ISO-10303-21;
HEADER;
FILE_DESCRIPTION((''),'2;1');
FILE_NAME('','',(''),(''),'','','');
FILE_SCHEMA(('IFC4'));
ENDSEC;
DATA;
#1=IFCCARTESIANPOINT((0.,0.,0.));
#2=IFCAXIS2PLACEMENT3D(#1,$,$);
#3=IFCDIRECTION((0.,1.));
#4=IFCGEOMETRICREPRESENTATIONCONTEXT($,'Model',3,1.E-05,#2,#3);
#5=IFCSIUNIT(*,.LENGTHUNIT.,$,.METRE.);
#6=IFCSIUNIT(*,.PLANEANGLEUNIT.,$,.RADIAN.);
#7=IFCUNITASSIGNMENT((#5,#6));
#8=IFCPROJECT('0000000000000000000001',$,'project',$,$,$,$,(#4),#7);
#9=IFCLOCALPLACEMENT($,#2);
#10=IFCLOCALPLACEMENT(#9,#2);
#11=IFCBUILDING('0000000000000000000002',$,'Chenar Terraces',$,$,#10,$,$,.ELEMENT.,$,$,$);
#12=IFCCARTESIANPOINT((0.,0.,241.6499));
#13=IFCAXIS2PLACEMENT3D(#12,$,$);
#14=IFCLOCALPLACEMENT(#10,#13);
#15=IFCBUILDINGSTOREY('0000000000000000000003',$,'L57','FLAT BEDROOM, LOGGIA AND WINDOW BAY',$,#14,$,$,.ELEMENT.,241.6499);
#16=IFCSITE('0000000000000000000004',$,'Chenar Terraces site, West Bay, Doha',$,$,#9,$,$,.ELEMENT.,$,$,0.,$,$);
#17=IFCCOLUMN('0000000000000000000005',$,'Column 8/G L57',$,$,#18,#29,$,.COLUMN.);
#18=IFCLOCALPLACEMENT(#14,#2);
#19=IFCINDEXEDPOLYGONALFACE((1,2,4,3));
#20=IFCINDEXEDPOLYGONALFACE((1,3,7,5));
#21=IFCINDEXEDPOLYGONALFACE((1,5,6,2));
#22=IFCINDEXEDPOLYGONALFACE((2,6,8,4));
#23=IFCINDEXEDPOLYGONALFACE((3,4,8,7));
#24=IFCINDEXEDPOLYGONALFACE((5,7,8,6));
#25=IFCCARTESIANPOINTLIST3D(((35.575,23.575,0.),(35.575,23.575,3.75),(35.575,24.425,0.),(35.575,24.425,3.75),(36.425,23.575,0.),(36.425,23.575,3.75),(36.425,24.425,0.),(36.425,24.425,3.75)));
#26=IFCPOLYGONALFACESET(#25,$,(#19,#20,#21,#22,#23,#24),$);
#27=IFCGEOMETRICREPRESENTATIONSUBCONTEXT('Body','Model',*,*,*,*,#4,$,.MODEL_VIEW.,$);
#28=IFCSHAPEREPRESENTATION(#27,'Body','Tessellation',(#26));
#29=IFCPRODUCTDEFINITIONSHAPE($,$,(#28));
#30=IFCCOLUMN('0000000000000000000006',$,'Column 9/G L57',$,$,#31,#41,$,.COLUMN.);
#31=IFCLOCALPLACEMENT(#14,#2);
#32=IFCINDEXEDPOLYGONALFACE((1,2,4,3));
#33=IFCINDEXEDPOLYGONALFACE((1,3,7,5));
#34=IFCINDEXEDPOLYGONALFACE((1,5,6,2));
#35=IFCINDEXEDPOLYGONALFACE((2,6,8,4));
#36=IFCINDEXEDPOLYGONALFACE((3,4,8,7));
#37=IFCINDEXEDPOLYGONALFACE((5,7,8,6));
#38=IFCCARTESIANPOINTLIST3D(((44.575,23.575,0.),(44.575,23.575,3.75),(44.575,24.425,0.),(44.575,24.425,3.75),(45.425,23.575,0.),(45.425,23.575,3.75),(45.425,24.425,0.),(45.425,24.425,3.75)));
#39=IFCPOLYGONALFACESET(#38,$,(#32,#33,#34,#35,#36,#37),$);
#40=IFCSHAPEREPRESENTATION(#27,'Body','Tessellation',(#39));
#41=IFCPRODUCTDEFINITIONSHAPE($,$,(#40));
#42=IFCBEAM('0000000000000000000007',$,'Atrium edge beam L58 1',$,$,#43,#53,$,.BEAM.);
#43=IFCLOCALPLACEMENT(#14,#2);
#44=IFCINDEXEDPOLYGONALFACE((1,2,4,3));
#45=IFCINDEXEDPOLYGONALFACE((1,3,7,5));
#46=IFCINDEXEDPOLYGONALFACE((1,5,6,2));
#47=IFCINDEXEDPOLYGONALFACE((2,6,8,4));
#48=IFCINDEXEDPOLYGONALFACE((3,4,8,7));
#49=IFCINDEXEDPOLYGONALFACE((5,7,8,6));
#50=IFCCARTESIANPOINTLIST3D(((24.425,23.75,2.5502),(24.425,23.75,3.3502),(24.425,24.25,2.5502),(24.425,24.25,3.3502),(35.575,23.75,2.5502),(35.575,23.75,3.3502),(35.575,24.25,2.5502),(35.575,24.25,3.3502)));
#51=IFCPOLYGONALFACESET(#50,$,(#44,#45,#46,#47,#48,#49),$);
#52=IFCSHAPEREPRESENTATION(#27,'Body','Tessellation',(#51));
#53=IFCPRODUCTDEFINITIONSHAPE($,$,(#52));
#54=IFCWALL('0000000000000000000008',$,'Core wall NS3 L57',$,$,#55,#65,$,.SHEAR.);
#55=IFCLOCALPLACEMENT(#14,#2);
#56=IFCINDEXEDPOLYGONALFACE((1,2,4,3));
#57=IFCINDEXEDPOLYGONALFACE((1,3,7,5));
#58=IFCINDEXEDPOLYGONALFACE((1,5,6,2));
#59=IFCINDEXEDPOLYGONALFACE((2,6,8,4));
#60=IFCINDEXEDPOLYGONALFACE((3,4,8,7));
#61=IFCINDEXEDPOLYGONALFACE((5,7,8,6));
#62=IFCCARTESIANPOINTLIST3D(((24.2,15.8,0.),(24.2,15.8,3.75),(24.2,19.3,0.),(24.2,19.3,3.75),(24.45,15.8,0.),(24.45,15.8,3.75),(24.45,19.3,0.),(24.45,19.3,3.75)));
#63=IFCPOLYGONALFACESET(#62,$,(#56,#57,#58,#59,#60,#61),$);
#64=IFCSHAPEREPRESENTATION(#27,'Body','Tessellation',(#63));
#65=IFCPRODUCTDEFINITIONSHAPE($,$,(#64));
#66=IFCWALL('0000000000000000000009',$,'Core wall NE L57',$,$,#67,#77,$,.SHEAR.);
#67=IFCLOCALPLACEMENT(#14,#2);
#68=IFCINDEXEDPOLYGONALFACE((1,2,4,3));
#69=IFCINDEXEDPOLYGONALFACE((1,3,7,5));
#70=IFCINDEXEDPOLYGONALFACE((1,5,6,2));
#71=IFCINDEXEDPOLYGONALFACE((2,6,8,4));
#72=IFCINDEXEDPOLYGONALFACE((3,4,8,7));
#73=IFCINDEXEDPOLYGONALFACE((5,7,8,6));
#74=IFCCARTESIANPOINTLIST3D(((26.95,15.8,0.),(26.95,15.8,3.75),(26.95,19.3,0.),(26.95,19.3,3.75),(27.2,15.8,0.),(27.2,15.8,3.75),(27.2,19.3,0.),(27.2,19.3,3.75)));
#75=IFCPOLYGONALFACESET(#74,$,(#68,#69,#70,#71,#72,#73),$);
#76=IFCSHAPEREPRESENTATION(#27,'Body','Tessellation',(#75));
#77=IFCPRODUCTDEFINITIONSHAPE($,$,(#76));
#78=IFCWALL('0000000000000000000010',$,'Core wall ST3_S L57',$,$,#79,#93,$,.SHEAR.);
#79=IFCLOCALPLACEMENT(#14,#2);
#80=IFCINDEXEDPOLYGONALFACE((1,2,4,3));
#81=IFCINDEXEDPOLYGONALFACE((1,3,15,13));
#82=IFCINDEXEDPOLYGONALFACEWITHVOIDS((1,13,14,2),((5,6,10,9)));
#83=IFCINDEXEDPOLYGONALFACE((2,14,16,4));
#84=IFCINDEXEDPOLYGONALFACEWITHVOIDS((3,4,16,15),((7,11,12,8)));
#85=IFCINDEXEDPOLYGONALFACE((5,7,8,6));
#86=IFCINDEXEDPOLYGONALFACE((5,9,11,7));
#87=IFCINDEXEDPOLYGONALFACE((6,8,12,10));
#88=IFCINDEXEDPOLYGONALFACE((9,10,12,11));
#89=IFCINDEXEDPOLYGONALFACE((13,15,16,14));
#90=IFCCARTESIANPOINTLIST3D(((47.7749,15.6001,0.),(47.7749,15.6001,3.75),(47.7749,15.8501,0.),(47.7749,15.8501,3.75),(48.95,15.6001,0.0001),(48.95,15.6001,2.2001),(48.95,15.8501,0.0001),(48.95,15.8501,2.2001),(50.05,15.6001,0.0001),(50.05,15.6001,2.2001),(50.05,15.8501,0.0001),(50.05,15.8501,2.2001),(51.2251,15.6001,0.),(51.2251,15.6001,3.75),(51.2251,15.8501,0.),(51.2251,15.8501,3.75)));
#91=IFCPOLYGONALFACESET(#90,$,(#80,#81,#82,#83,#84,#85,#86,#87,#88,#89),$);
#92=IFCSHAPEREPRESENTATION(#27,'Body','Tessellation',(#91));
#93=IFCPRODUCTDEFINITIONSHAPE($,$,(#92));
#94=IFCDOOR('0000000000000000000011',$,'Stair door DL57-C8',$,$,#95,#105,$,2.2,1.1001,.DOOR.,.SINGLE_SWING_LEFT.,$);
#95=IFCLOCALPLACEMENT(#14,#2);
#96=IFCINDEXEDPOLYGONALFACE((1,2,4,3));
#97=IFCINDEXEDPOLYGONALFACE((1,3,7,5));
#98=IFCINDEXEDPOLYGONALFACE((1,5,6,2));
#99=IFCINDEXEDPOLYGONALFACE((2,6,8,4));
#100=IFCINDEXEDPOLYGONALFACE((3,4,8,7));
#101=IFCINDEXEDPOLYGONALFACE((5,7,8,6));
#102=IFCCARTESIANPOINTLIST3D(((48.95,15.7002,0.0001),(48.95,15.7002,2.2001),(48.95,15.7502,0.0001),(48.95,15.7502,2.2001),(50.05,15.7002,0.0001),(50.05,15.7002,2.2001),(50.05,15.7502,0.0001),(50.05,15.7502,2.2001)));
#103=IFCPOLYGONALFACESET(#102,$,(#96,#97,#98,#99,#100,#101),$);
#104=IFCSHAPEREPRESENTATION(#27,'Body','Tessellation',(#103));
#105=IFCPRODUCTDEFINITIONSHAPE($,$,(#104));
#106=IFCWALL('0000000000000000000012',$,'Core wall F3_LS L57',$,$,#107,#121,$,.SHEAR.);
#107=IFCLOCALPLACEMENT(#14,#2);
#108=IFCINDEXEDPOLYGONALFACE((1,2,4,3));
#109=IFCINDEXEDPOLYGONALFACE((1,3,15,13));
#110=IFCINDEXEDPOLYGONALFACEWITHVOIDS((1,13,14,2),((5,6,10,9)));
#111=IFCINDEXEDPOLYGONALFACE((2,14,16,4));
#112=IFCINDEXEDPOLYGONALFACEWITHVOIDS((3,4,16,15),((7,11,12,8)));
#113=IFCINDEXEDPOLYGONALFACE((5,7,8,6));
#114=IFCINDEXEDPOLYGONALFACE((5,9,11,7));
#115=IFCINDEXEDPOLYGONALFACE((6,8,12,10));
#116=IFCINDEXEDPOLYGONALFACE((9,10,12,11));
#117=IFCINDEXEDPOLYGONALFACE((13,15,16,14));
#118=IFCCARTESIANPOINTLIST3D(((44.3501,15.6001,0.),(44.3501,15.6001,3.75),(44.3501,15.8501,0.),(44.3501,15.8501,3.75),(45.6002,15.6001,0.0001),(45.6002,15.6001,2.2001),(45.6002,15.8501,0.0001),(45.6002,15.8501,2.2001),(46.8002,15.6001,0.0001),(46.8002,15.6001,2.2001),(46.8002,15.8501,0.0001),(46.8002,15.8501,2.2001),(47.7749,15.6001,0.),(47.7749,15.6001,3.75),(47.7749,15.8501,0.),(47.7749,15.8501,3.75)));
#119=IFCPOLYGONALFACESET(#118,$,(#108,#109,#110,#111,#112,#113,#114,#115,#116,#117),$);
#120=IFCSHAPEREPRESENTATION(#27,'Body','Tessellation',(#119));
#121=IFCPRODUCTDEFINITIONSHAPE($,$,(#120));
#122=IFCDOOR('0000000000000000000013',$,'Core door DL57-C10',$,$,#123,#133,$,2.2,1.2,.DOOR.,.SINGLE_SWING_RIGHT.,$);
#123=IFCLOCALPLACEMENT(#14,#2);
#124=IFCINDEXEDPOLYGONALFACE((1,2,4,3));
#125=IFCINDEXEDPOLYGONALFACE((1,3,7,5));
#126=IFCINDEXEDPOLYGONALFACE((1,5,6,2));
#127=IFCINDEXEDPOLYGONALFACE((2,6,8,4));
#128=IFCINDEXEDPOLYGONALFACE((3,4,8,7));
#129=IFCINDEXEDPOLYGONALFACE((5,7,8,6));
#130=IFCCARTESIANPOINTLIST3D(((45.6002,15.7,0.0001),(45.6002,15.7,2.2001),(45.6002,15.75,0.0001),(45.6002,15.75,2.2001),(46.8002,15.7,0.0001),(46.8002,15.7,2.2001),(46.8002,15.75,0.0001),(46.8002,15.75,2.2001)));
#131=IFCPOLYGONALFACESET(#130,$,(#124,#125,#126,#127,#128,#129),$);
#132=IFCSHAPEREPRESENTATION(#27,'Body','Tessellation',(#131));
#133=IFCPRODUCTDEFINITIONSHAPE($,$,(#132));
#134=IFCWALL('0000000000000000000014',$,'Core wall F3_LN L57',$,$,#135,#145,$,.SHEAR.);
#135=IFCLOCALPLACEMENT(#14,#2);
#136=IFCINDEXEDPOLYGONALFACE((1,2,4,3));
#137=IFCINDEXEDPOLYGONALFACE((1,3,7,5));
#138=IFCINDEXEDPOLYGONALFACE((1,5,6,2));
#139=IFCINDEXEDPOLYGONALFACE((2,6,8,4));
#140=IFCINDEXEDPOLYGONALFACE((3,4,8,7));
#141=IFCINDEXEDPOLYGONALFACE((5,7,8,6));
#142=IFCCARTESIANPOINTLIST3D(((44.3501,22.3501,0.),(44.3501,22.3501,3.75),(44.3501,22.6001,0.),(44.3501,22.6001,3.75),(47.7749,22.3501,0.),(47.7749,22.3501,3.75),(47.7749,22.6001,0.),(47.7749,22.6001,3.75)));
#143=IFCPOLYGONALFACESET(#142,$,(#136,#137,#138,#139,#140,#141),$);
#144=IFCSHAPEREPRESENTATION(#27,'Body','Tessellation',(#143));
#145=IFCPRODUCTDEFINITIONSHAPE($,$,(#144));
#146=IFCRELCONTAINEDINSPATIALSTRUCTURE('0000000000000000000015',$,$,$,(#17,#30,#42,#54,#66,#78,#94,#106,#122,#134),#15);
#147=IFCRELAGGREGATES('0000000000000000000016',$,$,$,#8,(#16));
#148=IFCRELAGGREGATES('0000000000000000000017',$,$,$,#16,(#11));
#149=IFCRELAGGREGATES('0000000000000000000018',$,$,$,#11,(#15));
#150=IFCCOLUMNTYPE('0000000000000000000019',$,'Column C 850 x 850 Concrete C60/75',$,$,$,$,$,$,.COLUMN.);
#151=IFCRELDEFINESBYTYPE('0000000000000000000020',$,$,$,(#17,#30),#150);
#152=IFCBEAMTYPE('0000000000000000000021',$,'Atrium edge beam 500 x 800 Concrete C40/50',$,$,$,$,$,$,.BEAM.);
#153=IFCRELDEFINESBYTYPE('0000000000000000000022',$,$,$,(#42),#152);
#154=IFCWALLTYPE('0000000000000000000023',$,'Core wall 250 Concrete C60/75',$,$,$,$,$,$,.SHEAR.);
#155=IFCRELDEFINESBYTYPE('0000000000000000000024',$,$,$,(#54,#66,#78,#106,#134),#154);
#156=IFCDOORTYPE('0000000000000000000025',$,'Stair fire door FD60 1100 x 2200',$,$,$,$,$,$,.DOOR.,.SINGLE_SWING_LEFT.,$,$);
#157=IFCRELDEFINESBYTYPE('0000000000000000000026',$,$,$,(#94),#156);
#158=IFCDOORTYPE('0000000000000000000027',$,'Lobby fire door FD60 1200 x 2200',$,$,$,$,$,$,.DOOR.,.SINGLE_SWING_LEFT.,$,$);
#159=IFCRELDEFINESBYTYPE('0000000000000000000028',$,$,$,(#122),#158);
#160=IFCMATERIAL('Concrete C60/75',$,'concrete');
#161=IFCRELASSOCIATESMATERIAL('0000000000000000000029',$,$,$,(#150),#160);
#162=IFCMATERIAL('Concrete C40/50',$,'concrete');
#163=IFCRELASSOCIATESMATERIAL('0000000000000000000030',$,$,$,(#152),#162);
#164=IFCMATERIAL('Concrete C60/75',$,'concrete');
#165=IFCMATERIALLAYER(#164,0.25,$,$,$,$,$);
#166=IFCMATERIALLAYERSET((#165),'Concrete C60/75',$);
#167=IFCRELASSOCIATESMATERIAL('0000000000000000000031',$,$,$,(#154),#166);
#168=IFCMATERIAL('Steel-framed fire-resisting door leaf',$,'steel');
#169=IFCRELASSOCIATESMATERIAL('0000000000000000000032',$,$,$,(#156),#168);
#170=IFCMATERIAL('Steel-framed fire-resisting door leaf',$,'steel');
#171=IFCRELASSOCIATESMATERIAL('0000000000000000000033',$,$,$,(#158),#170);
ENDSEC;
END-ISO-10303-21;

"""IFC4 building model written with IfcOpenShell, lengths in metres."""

from ifc_helpers import new_model, si_unit, direction, frame, frame_2d, origin, origin_2d, place, context, subcontext, project, spatial, rectangle, extrude, material, layer, layer_set, material_profile, profile_set, type_object, element, fill, save


model = new_model("IFC4")

# Units and contexts
model_context = context("Model", 3, precision=1e-05, world=origin(), true_north=direction((0.0, 1.0)))
body_context = subcontext(model_context, "Body", "Model", "MODEL_VIEW")
ifc_project = project(units=[si_unit("LENGTHUNIT", "METRE"), si_unit("PLANEANGLEUNIT", "RADIAN")], contexts=[model_context])

# Site, building, storey
site_placement = place(None, origin())
site = spatial("IfcSite", under=ifc_project, at=site_placement, Name="Chenar Terraces site, West Bay, Doha", CompositionType="ELEMENT", RefElevation=0.0)
building_placement = place(site_placement, origin())
building = spatial("IfcBuilding", under=site, at=building_placement, Name="Chenar Terraces", CompositionType="ELEMENT")
storey_placement = place(building_placement, frame((0.0, 0.0, 241.6499)))
storey = spatial("IfcBuildingStorey", under=building, at=storey_placement, Name="L57", Description="FLAT BEDROOM, LOGGIA AND WINDOW BAY", CompositionType="ELEMENT", Elevation=241.6499)

# Columns
ifc_material_1 = material(Name="Concrete C60/75", Category="concrete")
ifc_material_profile_1 = material_profile(ifc_material_1, rectangle(XDim=0.8501, YDim=0.8501, at=origin_2d()), Name="C 850 x 850")
ifc_profile_set_1 = profile_set([ifc_material_profile_1], Name="Concrete C60/75")
column_type = type_object("IfcColumnType", Name="Column C 850 x 850 Concrete C60/75", PredefinedType="COLUMN", material=ifc_profile_set_1)
for number, where, z_axis, x_axis, name in (
    (1, (36.0, 24.0, 0.0), (0.0, 0.0, 1.0), (1.0, 0.0, 0.0), "Column 8/G L57"),
    (2, (45.0, 24.0, 0.0), (0.0, 0.0, 1.0), (1.0, 0.0, 0.0), "Column 9/G L57"),
):
    element("IfcColumn", number, at=place(storey_placement, frame(where, z_axis=z_axis, x_axis=x_axis)), inside=storey, type_object=column_type, Name=name, PredefinedType="COLUMN", context=body_context, shape_type="SweptSolid", body=[
        extrude(rectangle(XDim=0.8501, YDim=0.8501, at=origin_2d()), origin(), (0.0, 0.0, 1.0), 3.75),
    ])

# Beam
ifc_material_2 = material(Name="Concrete C40/50", Category="concrete")
ifc_material_profile_2 = material_profile(ifc_material_2, rectangle(XDim=0.5, YDim=0.8, at=origin_2d()), Name="RC 500 x 800")
ifc_profile_set_2 = profile_set([ifc_material_profile_2], Name="Concrete C40/50")
beam_type = type_object("IfcBeamType", Name="Atrium edge beam 500 x 800 Concrete C40/50", PredefinedType="BEAM", material=ifc_profile_set_2)
beam_placement = place(storey_placement, frame((24.425, 24.0, 2.9502), z_axis=(1.0, 0.0, 0.0), x_axis=(0.0, 1.0, 0.0)))
element("IfcBeam", 3, at=beam_placement, inside=storey, type_object=beam_type, Name="Atrium edge beam L58 1", PredefinedType="BEAM", context=body_context, shape_type="SweptSolid", body=[
    extrude(rectangle(XDim=0.5, YDim=0.8, at=origin_2d()), origin(), (0.0, 0.0, 1.0), 11.1499),
])

# Walls
ifc_material_3 = material(Name="Concrete C60/75", Category="concrete")
ifc_layer_1 = layer(ifc_material_3, 0.25)
ifc_layer_set_1 = layer_set([ifc_layer_1], Name="Concrete C60/75")
wall_type_1 = type_object("IfcWallType", Name="Core wall 250 Concrete C60/75", PredefinedType="SHEAR", material=ifc_layer_set_1)
for number, where, z_axis, x_axis, name in (
    (4, (24.325, 15.8, 0.0), (0.0, 0.0, 1.0), (0.0, 1.0, 0.0), "Core wall NS3 L57"),
    (5, (27.075, 15.8, 0.0), (0.0, 0.0, 1.0), (0.0, 1.0, 0.0), "Core wall NE L57"),
):
    element("IfcWall", number, at=place(storey_placement, frame(where, z_axis=z_axis, x_axis=x_axis)), inside=storey, type_object=wall_type_1, Name=name, PredefinedType="SHEAR", context=body_context, shape_type="SweptSolid", body=[
        extrude(rectangle(XDim=3.5, YDim=0.25, at=frame_2d((1.75, 0.0))), origin(), (0.0, 0.0, 1.0), 3.75),
    ])

# Walls, openings, doors
wall_1_placement = place(storey_placement, frame((47.7749, 15.7251, 0.0), z_axis=(0.0, 0.0, 1.0), x_axis=(1.0, 0.0, 0.0)))
wall_1 = element("IfcWall", 6, at=wall_1_placement, inside=storey, type_object=wall_type_1, Name="Core wall ST3_S L57", PredefinedType="SHEAR", context=body_context, shape_type="SweptSolid", body=[
    extrude(rectangle(XDim=3.4502, YDim=0.25, at=frame_2d((1.7251, 0.0))), origin(), (0.0, 0.0, 1.0), 3.75),
])
opening_1_placement = place(wall_1_placement, frame((1.175, 0.0, 0.0)))
opening_1 = element("IfcOpeningElement", 7, at=opening_1_placement, cuts=wall_1, PredefinedType="OPENING", context=body_context, shape_type="SweptSolid", body=[
    extrude(rectangle(XDim=1.1001, YDim=2.2, at=frame_2d((0.55, 1.1001))), frame((0.0, 0.135, 0.0), z_axis=(0.0, -1.0, 0.0), x_axis=(1.0, 0.0, 0.0)), (0.0, 0.0, 1.0), 0.27),
])
ifc_material_4 = material(Name="Steel-framed fire-resisting door leaf", Category="steel")
door_type_1 = type_object("IfcDoorType", Name="Stair fire door FD60 1100 x 2200", OperationType="SINGLE_SWING_LEFT", PredefinedType="DOOR", material=ifc_material_4)
door_1_placement = place(opening_1_placement, frame((1.1001, 0.0, 0.0), z_axis=(0.0, 0.0, 1.0), x_axis=(-1.0, 0.0, 0.0)))
door_1 = element("IfcDoor", 8, at=door_1_placement, inside=storey, type_object=door_type_1, Name="Stair door DL57-C8", OperationType="SINGLE_SWING_LEFT", OverallHeight=2.2, OverallWidth=1.1001, PredefinedType="DOOR", context=body_context, shape_type="SweptSolid", body=[
    extrude(rectangle(XDim=1.1001, YDim=2.2, at=frame_2d((0.55, 1.1001))), frame((0.0, 0.0249, 0.0), z_axis=(0.0, -1.0, 0.0), x_axis=(1.0, 0.0, 0.0)), (0.0, 0.0, 1.0), 0.05),
])
fill(opening_1, door_1)
wall_2_placement = place(storey_placement, frame((44.3501, 15.7251, 0.0), z_axis=(0.0, 0.0, 1.0), x_axis=(1.0, 0.0, 0.0)))
wall_2 = element("IfcWall", 9, at=wall_2_placement, inside=storey, type_object=wall_type_1, Name="Core wall F3_LS L57", PredefinedType="SHEAR", context=body_context, shape_type="SweptSolid", body=[
    extrude(rectangle(XDim=3.4248, YDim=0.25, at=frame_2d((1.7124, 0.0))), origin(), (0.0, 0.0, 1.0), 3.75),
])
opening_2_placement = place(wall_2_placement, frame((1.25, 0.0, 0.0)))
opening_2 = element("IfcOpeningElement", 10, at=opening_2_placement, cuts=wall_2, PredefinedType="OPENING", context=body_context, shape_type="SweptSolid", body=[
    extrude(rectangle(XDim=1.2, YDim=2.2, at=frame_2d((0.6001, 1.1001))), frame((0.0, 0.135, 0.0), z_axis=(0.0, -1.0, 0.0), x_axis=(1.0, 0.0, 0.0)), (0.0, 0.0, 1.0), 0.27),
])
ifc_material_5 = material(Name="Steel-framed fire-resisting door leaf", Category="steel")
door_type_2 = type_object("IfcDoorType", Name="Lobby fire door FD60 1200 x 2200", OperationType="SINGLE_SWING_LEFT", PredefinedType="DOOR", material=ifc_material_5)
door_2_placement = place(opening_2_placement, origin())
door_2 = element("IfcDoor", 11, at=door_2_placement, inside=storey, type_object=door_type_2, Name="Core door DL57-C10", OperationType="SINGLE_SWING_RIGHT", OverallHeight=2.2, OverallWidth=1.2, PredefinedType="DOOR", context=body_context, shape_type="SweptSolid", body=[
    extrude(rectangle(XDim=1.2, YDim=2.2, at=frame_2d((0.6001, 1.1001))), frame((0.0, 0.0249, 0.0), z_axis=(0.0, -1.0, 0.0), x_axis=(1.0, 0.0, 0.0)), (0.0, 0.0, 1.0), 0.05),
])
fill(opening_2, door_2)

# Wall
wall_3_placement = place(storey_placement, frame((44.3501, 22.4751, 0.0), z_axis=(0.0, 0.0, 1.0), x_axis=(1.0, 0.0, 0.0)))
element("IfcWall", 12, at=wall_3_placement, inside=storey, type_object=wall_type_1, Name="Core wall F3_LN L57", PredefinedType="SHEAR", context=body_context, shape_type="SweptSolid", body=[
    extrude(rectangle(XDim=3.4248, YDim=0.25, at=frame_2d((1.7124, 0.0))), origin(), (0.0, 0.0, 1.0), 3.75),
])

save(model, "model.ifc")
